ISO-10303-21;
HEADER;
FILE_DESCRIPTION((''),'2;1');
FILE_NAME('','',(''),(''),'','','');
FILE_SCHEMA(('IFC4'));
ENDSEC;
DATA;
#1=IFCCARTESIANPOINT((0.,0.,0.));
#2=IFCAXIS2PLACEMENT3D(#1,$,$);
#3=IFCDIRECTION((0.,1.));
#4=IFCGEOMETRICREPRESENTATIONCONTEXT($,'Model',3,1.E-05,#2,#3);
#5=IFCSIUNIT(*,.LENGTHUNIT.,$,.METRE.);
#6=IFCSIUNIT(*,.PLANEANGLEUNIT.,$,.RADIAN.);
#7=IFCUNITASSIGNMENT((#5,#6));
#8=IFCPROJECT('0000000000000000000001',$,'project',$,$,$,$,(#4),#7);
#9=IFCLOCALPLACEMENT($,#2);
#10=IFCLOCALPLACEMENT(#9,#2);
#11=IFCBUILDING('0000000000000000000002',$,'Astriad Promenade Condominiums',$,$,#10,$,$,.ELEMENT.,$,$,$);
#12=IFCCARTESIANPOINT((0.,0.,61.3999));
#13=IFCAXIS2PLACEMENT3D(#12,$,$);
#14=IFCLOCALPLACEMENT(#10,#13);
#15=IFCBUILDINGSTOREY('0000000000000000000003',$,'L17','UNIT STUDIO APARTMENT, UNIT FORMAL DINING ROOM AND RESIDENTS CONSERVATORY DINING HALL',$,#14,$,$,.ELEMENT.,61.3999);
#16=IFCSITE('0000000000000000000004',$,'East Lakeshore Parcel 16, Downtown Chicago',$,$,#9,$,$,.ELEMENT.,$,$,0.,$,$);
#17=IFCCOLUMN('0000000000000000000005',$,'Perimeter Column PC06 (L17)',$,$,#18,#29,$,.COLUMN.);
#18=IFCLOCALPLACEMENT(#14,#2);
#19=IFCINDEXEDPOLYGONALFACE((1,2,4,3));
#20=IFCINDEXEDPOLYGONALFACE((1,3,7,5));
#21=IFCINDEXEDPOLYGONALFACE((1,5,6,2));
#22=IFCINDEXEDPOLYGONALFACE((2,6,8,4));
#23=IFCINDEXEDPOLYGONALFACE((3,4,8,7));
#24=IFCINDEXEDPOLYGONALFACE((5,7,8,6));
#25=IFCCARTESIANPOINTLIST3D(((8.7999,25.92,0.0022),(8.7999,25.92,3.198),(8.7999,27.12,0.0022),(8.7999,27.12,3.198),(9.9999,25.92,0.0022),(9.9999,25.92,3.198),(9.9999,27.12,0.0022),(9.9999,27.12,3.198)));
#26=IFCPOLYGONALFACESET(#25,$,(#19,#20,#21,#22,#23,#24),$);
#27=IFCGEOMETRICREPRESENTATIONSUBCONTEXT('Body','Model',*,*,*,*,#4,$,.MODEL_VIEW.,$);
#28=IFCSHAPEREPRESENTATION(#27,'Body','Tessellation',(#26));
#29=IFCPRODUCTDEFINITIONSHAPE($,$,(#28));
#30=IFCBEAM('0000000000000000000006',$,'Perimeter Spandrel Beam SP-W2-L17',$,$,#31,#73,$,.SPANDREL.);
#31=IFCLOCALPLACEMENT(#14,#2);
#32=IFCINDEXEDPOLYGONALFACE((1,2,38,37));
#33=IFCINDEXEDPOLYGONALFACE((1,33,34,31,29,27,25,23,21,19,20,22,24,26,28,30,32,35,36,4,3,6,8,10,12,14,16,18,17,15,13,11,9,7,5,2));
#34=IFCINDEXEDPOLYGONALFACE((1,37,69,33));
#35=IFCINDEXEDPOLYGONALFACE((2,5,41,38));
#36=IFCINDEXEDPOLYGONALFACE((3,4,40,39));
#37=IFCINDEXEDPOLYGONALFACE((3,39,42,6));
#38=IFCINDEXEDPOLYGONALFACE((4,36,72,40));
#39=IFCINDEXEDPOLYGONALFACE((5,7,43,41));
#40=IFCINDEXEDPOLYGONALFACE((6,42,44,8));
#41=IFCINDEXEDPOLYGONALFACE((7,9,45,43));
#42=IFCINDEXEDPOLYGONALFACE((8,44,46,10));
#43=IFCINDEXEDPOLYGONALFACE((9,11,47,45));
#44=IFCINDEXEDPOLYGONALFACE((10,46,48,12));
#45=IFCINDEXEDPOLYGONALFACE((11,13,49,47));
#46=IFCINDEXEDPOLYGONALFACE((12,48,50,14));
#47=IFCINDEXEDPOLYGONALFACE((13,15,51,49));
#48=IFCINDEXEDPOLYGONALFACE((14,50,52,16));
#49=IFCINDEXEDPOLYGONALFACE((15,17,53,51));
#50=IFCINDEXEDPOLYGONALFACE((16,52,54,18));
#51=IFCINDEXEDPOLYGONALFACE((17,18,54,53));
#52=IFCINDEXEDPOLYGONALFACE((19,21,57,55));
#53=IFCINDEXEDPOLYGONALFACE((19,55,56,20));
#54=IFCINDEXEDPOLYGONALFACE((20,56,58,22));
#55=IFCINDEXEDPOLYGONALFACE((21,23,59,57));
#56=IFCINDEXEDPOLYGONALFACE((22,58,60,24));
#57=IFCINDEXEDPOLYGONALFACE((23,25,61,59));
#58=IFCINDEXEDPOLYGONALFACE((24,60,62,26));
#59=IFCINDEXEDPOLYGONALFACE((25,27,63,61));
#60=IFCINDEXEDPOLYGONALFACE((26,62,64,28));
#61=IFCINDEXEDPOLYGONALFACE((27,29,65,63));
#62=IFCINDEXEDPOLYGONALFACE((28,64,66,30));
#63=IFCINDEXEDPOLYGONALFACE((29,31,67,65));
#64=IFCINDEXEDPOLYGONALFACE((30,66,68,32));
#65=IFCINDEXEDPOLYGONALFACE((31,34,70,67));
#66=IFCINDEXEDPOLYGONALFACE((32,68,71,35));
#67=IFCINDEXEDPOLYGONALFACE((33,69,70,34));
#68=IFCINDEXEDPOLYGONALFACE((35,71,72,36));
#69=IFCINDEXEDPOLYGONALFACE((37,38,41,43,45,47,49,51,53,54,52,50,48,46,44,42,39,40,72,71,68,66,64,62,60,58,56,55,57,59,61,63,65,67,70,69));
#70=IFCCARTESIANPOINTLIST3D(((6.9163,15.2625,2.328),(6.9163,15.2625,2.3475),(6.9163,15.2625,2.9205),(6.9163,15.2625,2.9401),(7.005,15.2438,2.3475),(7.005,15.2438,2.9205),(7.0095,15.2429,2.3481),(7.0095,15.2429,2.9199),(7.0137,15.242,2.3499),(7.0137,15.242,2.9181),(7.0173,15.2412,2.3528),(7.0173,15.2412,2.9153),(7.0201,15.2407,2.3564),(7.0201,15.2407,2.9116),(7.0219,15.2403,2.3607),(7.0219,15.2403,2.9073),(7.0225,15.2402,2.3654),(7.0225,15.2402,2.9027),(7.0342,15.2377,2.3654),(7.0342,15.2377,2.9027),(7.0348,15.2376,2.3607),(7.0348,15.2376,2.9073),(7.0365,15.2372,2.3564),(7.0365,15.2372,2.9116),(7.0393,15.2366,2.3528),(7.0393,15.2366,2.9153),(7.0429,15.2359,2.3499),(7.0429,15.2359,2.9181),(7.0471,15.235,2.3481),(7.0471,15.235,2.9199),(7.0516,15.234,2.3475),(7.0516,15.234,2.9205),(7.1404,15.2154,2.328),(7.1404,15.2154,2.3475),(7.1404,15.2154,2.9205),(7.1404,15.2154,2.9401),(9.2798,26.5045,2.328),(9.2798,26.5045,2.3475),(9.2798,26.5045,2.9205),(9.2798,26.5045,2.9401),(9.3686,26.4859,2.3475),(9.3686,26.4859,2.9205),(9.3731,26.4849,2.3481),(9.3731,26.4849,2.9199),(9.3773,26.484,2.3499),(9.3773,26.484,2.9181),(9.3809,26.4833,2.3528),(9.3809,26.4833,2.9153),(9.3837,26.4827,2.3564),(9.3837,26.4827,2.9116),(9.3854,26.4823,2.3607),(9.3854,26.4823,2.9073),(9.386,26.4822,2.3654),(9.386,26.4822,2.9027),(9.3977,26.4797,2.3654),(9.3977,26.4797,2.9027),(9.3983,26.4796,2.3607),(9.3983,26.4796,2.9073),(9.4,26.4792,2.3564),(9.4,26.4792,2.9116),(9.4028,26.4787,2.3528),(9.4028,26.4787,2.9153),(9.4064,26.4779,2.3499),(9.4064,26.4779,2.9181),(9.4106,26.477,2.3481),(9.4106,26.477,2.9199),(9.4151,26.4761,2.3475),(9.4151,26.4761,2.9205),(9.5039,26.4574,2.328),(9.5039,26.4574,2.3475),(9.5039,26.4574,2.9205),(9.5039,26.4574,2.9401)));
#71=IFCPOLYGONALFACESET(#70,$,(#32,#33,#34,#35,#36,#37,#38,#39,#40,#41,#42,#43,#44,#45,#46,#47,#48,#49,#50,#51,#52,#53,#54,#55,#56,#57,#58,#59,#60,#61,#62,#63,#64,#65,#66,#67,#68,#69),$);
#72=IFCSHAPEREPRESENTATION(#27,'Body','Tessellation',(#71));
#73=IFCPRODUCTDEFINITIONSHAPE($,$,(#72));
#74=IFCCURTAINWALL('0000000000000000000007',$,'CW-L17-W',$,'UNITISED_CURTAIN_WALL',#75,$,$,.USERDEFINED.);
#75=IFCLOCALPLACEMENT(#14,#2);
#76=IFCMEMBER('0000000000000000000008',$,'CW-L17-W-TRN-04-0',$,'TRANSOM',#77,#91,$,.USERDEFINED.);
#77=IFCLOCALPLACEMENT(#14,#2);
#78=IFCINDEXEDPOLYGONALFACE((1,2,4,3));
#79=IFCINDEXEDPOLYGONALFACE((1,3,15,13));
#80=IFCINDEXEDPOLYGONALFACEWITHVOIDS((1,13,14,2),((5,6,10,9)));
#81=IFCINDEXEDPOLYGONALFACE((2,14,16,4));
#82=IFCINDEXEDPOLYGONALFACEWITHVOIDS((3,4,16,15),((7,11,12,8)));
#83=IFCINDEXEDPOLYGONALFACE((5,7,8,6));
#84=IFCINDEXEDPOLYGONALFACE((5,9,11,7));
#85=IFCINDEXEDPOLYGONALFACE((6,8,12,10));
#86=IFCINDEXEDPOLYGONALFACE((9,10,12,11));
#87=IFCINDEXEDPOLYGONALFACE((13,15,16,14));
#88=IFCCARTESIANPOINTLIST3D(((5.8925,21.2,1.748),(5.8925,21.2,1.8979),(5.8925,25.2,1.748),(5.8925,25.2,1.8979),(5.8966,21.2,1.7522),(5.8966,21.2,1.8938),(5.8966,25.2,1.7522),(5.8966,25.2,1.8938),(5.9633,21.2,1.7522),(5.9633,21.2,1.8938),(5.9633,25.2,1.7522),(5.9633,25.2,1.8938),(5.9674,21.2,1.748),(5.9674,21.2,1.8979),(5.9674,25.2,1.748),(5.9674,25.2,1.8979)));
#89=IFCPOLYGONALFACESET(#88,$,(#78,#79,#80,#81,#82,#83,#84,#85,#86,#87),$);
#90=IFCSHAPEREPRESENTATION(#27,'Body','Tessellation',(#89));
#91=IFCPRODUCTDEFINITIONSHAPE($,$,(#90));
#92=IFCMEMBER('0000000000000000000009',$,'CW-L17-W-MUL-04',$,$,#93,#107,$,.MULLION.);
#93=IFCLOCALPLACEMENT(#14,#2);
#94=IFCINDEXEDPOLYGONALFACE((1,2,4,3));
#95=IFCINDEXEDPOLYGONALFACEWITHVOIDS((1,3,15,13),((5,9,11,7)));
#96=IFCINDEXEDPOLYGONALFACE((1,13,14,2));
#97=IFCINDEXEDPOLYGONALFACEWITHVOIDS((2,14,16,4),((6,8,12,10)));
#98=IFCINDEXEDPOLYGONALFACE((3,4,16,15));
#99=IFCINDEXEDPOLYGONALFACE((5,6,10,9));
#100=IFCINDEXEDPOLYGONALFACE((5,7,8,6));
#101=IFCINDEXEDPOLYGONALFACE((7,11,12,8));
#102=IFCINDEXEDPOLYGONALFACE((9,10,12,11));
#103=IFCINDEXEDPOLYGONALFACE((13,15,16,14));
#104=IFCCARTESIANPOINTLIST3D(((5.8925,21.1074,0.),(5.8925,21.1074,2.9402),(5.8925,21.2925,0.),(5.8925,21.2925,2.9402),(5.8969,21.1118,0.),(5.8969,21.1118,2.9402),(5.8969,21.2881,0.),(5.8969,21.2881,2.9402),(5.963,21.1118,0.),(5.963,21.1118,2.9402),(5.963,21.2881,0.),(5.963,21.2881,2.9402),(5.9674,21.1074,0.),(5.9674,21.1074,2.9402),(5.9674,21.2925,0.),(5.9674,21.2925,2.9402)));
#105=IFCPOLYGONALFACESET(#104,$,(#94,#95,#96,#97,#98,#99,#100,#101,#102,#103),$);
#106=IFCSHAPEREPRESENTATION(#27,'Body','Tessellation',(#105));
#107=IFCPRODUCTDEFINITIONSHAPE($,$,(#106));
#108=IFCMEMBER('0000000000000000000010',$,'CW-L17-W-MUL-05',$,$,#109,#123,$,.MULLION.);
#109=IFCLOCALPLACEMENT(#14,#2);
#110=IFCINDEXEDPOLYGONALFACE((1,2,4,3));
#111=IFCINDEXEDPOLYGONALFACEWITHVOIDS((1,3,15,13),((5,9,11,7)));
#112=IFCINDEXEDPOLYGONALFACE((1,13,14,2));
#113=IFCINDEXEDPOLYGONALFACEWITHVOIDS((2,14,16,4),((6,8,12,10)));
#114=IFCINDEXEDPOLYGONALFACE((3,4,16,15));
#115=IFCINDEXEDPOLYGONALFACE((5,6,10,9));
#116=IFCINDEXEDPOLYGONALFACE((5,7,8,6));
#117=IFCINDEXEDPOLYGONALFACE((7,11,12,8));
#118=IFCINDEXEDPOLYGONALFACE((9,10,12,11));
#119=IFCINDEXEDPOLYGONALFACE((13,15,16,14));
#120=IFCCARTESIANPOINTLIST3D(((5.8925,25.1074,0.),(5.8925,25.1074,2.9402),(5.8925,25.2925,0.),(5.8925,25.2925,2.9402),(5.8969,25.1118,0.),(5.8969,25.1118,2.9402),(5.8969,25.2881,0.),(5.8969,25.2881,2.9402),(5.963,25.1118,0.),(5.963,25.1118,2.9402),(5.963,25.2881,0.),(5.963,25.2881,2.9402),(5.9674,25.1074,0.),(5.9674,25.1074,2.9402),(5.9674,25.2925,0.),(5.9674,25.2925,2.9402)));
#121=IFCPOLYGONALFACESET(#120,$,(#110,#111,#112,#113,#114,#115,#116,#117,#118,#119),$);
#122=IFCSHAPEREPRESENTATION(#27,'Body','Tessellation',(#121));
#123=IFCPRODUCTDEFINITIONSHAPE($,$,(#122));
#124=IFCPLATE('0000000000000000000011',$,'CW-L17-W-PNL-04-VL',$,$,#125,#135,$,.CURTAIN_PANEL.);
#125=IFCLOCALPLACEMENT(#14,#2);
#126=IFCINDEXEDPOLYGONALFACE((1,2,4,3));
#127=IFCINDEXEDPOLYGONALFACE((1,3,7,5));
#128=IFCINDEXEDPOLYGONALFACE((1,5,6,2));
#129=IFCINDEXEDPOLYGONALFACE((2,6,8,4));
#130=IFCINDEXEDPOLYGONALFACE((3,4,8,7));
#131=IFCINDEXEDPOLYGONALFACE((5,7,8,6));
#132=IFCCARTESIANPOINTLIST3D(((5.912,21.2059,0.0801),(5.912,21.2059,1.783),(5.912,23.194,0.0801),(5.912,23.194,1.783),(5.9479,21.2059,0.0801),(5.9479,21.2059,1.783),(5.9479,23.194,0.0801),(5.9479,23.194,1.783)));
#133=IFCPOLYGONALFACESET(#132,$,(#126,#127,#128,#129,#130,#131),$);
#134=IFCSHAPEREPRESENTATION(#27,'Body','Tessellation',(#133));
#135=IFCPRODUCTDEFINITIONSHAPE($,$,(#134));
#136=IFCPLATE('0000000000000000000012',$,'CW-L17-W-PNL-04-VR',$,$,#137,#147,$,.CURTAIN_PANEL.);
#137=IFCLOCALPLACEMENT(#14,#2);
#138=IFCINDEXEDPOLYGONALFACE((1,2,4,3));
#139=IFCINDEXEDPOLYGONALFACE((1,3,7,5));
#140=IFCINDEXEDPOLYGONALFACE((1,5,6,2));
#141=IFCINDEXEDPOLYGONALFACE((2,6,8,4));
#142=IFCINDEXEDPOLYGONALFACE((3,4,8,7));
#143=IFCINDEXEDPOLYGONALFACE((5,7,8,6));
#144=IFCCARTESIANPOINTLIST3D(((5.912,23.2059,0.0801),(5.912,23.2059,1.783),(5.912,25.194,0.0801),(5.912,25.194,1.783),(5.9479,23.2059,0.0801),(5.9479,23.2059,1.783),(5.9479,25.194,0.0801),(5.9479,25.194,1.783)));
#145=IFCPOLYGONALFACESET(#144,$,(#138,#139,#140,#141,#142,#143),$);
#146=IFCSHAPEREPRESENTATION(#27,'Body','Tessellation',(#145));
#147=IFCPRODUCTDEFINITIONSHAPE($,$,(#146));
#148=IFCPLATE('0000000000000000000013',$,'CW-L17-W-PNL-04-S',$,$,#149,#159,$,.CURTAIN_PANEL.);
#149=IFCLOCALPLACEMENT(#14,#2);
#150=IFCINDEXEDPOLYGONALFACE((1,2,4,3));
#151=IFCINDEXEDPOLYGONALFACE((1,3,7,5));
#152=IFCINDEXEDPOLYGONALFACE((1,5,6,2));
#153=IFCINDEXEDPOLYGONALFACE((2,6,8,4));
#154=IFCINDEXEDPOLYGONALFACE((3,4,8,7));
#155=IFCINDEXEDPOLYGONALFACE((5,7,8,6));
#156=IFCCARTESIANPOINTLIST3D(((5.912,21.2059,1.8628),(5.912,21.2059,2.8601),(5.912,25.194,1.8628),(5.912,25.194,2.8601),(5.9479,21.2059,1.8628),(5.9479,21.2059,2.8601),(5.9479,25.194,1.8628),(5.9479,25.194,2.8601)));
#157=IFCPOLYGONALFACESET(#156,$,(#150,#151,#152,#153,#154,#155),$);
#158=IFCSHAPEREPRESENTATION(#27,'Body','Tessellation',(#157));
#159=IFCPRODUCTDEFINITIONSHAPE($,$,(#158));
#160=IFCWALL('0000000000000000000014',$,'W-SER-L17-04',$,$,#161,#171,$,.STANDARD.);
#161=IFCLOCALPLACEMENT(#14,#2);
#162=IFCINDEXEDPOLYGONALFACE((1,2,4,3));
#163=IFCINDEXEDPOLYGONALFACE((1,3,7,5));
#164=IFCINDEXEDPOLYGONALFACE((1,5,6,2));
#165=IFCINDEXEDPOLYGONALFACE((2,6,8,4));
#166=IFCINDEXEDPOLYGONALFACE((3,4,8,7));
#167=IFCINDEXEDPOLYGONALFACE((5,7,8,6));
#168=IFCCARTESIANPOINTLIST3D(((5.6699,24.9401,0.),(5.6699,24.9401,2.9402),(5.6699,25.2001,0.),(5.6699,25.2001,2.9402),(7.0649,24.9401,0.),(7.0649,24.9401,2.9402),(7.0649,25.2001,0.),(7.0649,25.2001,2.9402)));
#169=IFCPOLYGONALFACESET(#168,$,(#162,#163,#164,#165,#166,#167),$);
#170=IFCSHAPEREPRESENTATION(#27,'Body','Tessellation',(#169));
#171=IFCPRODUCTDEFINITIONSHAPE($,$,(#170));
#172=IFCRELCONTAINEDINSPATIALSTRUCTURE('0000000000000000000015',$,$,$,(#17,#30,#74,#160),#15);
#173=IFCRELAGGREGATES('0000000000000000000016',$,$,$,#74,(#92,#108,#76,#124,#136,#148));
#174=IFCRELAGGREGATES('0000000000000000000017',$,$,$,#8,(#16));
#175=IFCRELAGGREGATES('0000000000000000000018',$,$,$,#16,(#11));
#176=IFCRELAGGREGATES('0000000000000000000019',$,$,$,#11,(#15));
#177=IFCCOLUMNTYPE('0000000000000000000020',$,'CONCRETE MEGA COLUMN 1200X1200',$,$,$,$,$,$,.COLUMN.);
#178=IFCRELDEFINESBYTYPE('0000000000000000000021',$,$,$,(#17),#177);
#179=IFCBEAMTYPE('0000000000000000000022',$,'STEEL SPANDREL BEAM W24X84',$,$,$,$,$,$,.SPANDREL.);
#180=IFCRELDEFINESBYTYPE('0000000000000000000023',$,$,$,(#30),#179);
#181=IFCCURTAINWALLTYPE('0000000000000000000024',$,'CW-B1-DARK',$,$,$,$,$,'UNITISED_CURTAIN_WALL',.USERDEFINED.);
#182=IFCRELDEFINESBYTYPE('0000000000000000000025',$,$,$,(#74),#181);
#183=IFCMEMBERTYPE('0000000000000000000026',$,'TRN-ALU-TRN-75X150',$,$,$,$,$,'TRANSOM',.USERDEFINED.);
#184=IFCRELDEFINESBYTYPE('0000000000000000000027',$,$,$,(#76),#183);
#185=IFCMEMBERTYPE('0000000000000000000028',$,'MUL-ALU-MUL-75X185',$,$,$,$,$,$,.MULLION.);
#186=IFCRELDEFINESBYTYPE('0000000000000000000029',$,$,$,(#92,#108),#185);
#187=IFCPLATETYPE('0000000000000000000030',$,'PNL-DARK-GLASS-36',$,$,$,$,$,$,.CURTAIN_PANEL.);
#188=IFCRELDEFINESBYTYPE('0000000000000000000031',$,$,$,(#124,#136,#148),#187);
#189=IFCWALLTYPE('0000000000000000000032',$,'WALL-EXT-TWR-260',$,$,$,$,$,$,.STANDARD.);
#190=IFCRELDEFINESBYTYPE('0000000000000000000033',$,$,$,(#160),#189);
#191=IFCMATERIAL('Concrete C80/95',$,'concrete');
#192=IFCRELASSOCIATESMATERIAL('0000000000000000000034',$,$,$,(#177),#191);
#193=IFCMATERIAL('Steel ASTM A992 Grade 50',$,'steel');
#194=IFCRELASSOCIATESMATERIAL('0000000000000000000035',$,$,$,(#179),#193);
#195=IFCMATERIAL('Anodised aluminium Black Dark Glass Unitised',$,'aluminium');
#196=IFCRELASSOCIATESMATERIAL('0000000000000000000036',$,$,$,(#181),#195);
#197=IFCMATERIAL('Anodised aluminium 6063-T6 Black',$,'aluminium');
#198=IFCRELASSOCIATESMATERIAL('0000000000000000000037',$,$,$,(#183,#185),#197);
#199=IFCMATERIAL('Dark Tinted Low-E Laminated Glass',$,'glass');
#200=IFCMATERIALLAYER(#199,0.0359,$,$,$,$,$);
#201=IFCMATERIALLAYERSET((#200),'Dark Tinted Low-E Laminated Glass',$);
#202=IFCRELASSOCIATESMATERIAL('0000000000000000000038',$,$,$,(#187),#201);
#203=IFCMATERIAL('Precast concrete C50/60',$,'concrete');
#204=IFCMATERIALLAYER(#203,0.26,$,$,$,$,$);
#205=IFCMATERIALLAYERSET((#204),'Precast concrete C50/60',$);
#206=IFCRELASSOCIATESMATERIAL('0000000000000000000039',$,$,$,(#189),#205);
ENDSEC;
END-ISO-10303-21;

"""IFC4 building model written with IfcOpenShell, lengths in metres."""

from ifc_helpers import new_model, si_unit, direction, frame, frame_2d, origin, origin_2d, place, context, subcontext, project, spatial, rectangle, hollow_rectangle, i_section, extrude, source, transform, mapped, material, layer, layer_set, material_profile, profile_set, type_object, type_shapes, element, aggregate, save


model = new_model("IFC4")

# Units and contexts
model_context = context("Model", 3, precision=1e-05, world=origin(), true_north=direction((0.0, 1.0)))
body_context = subcontext(model_context, "Body", "Model", "MODEL_VIEW")
ifc_project = project(units=[si_unit("LENGTHUNIT", "METRE"), si_unit("PLANEANGLEUNIT", "RADIAN")], contexts=[model_context])

# Site, building, storey
site_placement = place(None, origin())
site = spatial("IfcSite", under=ifc_project, at=site_placement, Name="East Lakeshore Parcel 16, Downtown Chicago", CompositionType="ELEMENT", RefElevation=0.0)
building_placement = place(site_placement, origin())
building = spatial("IfcBuilding", under=site, at=building_placement, Name="Astriad Promenade Condominiums", CompositionType="ELEMENT")
storey_placement = place(building_placement, frame((0.0, 0.0, 61.3999)))
storey = spatial("IfcBuildingStorey", under=building, at=storey_placement, Name="L17", Description="UNIT STUDIO APARTMENT, UNIT FORMAL DINING ROOM AND RESIDENTS CONSERVATORY DINING HALL", CompositionType="ELEMENT", Elevation=61.3999)

# Column
ifc_material_1 = material(Name="Concrete C80/95", Category="concrete")
ifc_material_profile_1 = material_profile(ifc_material_1, rectangle(XDim=1.2, YDim=1.2, at=origin_2d()), Name="RC-COL-1200X1200")
ifc_profile_set_1 = profile_set([ifc_material_profile_1], Name="Concrete C80/95")
column_type = type_object("IfcColumnType", Name="CONCRETE MEGA COLUMN 1200X1200", PredefinedType="COLUMN", material=ifc_profile_set_1)
shared_shape_1 = source(origin(), body_context, "Body", "SweptSolid", [
    extrude(rectangle(XDim=1.2, YDim=1.2, at=origin_2d()), origin(), (0.0, 0.0, 1.0), 3.1958),
])
type_shapes(column_type, [shared_shape_1])
column_placement = place(storey_placement, frame((9.3999, 26.52, 0.0022), z_axis=(0.0, 0.0, 1.0), x_axis=(1.0, 0.0, 0.0)))
element("IfcColumn", 1, at=column_placement, inside=storey, type_object=column_type, Name="Perimeter Column PC06 (L17)", PredefinedType="COLUMN", context=body_context, shape_type="MappedRepresentation", body=[
    mapped(shared_shape_1, transform((0.0, 0.0, 0.0), scale=1.0)),
])

# Beam
ifc_material_2 = material(Name="Steel ASTM A992 Grade 50", Category="steel")
ifc_material_profile_2 = material_profile(ifc_material_2, i_section(OverallWidth=0.229, OverallDepth=0.6121, WebThickness=0.012, FlangeThickness=0.0195, FilletRadius=0.0178, at=origin_2d()), Name="W24X84")
ifc_profile_set_2 = profile_set([ifc_material_profile_2], Name="Steel ASTM A992 Grade 50")
beam_type = type_object("IfcBeamType", Name="STEEL SPANDREL BEAM W24X84", PredefinedType="SPANDREL", material=ifc_profile_set_2)
shared_shape_2 = source(origin(), body_context, "Body", "SweptSolid", [
    extrude(i_section(OverallWidth=0.229, OverallDepth=0.6121, WebThickness=0.012, FlangeThickness=0.0195, FilletRadius=0.0178, at=origin_2d()), origin(), (0.0, 0.0, 1.0), 11.4878),
])
type_shapes(beam_type, [shared_shape_2])
beam_placement = place(storey_placement, frame((9.3918, 26.481, 2.634), z_axis=(-0.205744, -0.978606, 0.0), x_axis=(0.978606, -0.205744, 0.0)))
element("IfcBeam", 2, at=beam_placement, inside=storey, type_object=beam_type, Name="Perimeter Spandrel Beam SP-W2-L17", PredefinedType="SPANDREL", context=body_context, shape_type="MappedRepresentation", body=[
    mapped(shared_shape_2, transform((0.0, 0.0, 0.0), scale=1.0)),
])

# Curtain wall, members, plates
ifc_material_3 = material(Name="Anodised aluminium Black Dark Glass Unitised", Category="aluminium")
curtain_wall_type = type_object("IfcCurtainWallType", Name="CW-B1-DARK", ElementType="UNITISED_CURTAIN_WALL", PredefinedType="USERDEFINED", material=ifc_material_3)
curtain_wall_placement = place(storey_placement, origin())
curtain_wall = element("IfcCurtainWall", 3, at=curtain_wall_placement, inside=storey, type_object=curtain_wall_type, Name="CW-L17-W", ObjectType="UNITISED_CURTAIN_WALL", PredefinedType="USERDEFINED")
ifc_material_4 = material(Name="Anodised aluminium 6063-T6 Black", Category="aluminium")
ifc_material_profile_3 = material_profile(ifc_material_4, hollow_rectangle(XDim=0.075, YDim=0.1499, WallThickness=0.0042, at=origin_2d()), Name="ALU-TRN-75X150")
ifc_profile_set_3 = profile_set([ifc_material_profile_3], Name="Anodised aluminium 6063-T6 Black")
member_type_1 = type_object("IfcMemberType", Name="TRN-ALU-TRN-75X150", ElementType="TRANSOM", PredefinedType="USERDEFINED", material=ifc_profile_set_3)
shared_shape_3 = source(origin(), body_context, "Body", "SweptSolid", [
    extrude(hollow_rectangle(XDim=0.075, YDim=0.1499, WallThickness=0.0042, at=origin_2d()), origin(), (0.0, 0.0, 1.0), 4.0),
])
type_shapes(member_type_1, [shared_shape_3])
member_1_placement = place(storey_placement, frame((5.9299, 21.2, 1.823), z_axis=(0.0, 1.0, 0.0), x_axis=(-1.0, 0.0, 0.0)))
member_1 = element("IfcMember", 4, at=member_1_placement, type_object=member_type_1, Name="CW-L17-W-TRN-04-0", ObjectType="TRANSOM", PredefinedType="USERDEFINED", context=body_context, shape_type="MappedRepresentation", body=[
    mapped(shared_shape_3, transform((0.0, 0.0, 0.0), scale=1.0)),
])
ifc_material_profile_4 = material_profile(ifc_material_4, hollow_rectangle(XDim=0.075, YDim=0.1851, WallThickness=0.0044, at=origin_2d()), Name="ALU-MUL-75X185")
ifc_profile_set_4 = profile_set([ifc_material_profile_4], Name="Anodised aluminium 6063-T6 Black")
member_type_2 = type_object("IfcMemberType", Name="MUL-ALU-MUL-75X185", PredefinedType="MULLION", material=ifc_profile_set_4)
shared_shape_4 = source(origin(), body_context, "Body", "SweptSolid", [
    extrude(hollow_rectangle(XDim=0.075, YDim=0.1851, WallThickness=0.0044, at=origin_2d()), origin(), (0.0, 0.0, 1.0), 2.9402),
])
type_shapes(member_type_2, [shared_shape_4])
member_2_placement = place(storey_placement, frame((5.9299, 21.2, 0.0), z_axis=(0.0, 0.0, 1.0), x_axis=(1.0, 0.0, 0.0)))
member_2 = element("IfcMember", 5, at=member_2_placement, type_object=member_type_2, Name="CW-L17-W-MUL-04", PredefinedType="MULLION", context=body_context, shape_type="MappedRepresentation", body=[
    mapped(shared_shape_4, transform((0.0, 0.0, 0.0), scale=1.0)),
])
member_3_placement = place(storey_placement, frame((5.9299, 25.2, 0.0), z_axis=(0.0, 0.0, 1.0), x_axis=(1.0, 0.0, 0.0)))
member_3 = element("IfcMember", 6, at=member_3_placement, type_object=member_type_2, Name="CW-L17-W-MUL-05", PredefinedType="MULLION", context=body_context, shape_type="MappedRepresentation", body=[
    mapped(shared_shape_4, transform((0.0, 0.0, 0.0), scale=1.0)),
])
ifc_material_5 = material(Name="Dark Tinted Low-E Laminated Glass", Category="glass")
ifc_layer_1 = layer(ifc_material_5, 0.0359)
ifc_layer_set_1 = layer_set([ifc_layer_1], Name="Dark Tinted Low-E Laminated Glass")
plate_type = type_object("IfcPlateType", Name="PNL-DARK-GLASS-36", PredefinedType="CURTAIN_PANEL", material=ifc_layer_set_1)
shared_shape_5 = source(origin(), body_context, "Body", "SweptSolid", [
    extrude(rectangle(XDim=1.988, YDim=0.0359, at=origin_2d()), origin(), (0.0, 0.0, 1.0), 1.7029),
])
plate_1_placement = place(storey_placement, frame((5.9299, 22.2, 0.0801), z_axis=(0.0, 0.0, 1.0), x_axis=(0.0, 1.0, 0.0)))
plate_1 = element("IfcPlate", 7, at=plate_1_placement, type_object=plate_type, Name="CW-L17-W-PNL-04-VL", PredefinedType="CURTAIN_PANEL", context=body_context, shape_type="MappedRepresentation", body=[
    mapped(shared_shape_5, transform((0.0, 0.0, 0.0), scale=1.0)),
])
plate_2_placement = place(storey_placement, frame((5.9299, 24.2, 0.0801), z_axis=(0.0, 0.0, 1.0), x_axis=(0.0, 1.0, 0.0)))
plate_2 = element("IfcPlate", 8, at=plate_2_placement, type_object=plate_type, Name="CW-L17-W-PNL-04-VR", PredefinedType="CURTAIN_PANEL", context=body_context, shape_type="MappedRepresentation", body=[
    mapped(shared_shape_5, transform((0.0, 0.0, 0.0), scale=1.0)),
])
shared_shape_6 = source(origin(), body_context, "Body", "SweptSolid", [
    extrude(rectangle(XDim=3.988, YDim=0.0359, at=origin_2d()), origin(), (0.0, 0.0, 1.0), 0.9973),
])
type_shapes(plate_type, [shared_shape_5, shared_shape_6])
plate_3_placement = place(storey_placement, frame((5.9299, 23.2, 1.8628), z_axis=(0.0, 0.0, 1.0), x_axis=(0.0, 1.0, 0.0)))
plate_3 = element("IfcPlate", 9, at=plate_3_placement, type_object=plate_type, Name="CW-L17-W-PNL-04-S", PredefinedType="CURTAIN_PANEL", context=body_context, shape_type="MappedRepresentation", body=[
    mapped(shared_shape_6, transform((0.0, 0.0, 0.0), scale=1.0)),
])
aggregate(curtain_wall, [member_2, member_3, member_1, plate_1, plate_2, plate_3])

# Wall
ifc_material_6 = material(Name="Precast concrete C50/60", Category="concrete")
ifc_layer_2 = layer(ifc_material_6, 0.26)
ifc_layer_set_2 = layer_set([ifc_layer_2], Name="Precast concrete C50/60")
wall_type_1 = type_object("IfcWallType", Name="WALL-EXT-TWR-260", PredefinedType="STANDARD", material=ifc_layer_set_2)
for number, where, z_axis, x_axis, name in (
    (10, (5.6699, 25.0701, 0.0), (0.0, 0.0, 1.0), (1.0, 0.0, 0.0), "W-SER-L17-04"),
):
    element("IfcWall", number, at=place(storey_placement, frame(where, z_axis=z_axis, x_axis=x_axis)), inside=storey, type_object=wall_type_1, Name=name, PredefinedType="STANDARD", context=body_context, shape_type="SweptSolid", body=[
        extrude(rectangle(XDim=1.395, YDim=0.26, at=frame_2d((0.6975, 0.0))), origin(), (0.0, 0.0, 1.0), 2.9402),
    ])

save(model, "model.ifc")
